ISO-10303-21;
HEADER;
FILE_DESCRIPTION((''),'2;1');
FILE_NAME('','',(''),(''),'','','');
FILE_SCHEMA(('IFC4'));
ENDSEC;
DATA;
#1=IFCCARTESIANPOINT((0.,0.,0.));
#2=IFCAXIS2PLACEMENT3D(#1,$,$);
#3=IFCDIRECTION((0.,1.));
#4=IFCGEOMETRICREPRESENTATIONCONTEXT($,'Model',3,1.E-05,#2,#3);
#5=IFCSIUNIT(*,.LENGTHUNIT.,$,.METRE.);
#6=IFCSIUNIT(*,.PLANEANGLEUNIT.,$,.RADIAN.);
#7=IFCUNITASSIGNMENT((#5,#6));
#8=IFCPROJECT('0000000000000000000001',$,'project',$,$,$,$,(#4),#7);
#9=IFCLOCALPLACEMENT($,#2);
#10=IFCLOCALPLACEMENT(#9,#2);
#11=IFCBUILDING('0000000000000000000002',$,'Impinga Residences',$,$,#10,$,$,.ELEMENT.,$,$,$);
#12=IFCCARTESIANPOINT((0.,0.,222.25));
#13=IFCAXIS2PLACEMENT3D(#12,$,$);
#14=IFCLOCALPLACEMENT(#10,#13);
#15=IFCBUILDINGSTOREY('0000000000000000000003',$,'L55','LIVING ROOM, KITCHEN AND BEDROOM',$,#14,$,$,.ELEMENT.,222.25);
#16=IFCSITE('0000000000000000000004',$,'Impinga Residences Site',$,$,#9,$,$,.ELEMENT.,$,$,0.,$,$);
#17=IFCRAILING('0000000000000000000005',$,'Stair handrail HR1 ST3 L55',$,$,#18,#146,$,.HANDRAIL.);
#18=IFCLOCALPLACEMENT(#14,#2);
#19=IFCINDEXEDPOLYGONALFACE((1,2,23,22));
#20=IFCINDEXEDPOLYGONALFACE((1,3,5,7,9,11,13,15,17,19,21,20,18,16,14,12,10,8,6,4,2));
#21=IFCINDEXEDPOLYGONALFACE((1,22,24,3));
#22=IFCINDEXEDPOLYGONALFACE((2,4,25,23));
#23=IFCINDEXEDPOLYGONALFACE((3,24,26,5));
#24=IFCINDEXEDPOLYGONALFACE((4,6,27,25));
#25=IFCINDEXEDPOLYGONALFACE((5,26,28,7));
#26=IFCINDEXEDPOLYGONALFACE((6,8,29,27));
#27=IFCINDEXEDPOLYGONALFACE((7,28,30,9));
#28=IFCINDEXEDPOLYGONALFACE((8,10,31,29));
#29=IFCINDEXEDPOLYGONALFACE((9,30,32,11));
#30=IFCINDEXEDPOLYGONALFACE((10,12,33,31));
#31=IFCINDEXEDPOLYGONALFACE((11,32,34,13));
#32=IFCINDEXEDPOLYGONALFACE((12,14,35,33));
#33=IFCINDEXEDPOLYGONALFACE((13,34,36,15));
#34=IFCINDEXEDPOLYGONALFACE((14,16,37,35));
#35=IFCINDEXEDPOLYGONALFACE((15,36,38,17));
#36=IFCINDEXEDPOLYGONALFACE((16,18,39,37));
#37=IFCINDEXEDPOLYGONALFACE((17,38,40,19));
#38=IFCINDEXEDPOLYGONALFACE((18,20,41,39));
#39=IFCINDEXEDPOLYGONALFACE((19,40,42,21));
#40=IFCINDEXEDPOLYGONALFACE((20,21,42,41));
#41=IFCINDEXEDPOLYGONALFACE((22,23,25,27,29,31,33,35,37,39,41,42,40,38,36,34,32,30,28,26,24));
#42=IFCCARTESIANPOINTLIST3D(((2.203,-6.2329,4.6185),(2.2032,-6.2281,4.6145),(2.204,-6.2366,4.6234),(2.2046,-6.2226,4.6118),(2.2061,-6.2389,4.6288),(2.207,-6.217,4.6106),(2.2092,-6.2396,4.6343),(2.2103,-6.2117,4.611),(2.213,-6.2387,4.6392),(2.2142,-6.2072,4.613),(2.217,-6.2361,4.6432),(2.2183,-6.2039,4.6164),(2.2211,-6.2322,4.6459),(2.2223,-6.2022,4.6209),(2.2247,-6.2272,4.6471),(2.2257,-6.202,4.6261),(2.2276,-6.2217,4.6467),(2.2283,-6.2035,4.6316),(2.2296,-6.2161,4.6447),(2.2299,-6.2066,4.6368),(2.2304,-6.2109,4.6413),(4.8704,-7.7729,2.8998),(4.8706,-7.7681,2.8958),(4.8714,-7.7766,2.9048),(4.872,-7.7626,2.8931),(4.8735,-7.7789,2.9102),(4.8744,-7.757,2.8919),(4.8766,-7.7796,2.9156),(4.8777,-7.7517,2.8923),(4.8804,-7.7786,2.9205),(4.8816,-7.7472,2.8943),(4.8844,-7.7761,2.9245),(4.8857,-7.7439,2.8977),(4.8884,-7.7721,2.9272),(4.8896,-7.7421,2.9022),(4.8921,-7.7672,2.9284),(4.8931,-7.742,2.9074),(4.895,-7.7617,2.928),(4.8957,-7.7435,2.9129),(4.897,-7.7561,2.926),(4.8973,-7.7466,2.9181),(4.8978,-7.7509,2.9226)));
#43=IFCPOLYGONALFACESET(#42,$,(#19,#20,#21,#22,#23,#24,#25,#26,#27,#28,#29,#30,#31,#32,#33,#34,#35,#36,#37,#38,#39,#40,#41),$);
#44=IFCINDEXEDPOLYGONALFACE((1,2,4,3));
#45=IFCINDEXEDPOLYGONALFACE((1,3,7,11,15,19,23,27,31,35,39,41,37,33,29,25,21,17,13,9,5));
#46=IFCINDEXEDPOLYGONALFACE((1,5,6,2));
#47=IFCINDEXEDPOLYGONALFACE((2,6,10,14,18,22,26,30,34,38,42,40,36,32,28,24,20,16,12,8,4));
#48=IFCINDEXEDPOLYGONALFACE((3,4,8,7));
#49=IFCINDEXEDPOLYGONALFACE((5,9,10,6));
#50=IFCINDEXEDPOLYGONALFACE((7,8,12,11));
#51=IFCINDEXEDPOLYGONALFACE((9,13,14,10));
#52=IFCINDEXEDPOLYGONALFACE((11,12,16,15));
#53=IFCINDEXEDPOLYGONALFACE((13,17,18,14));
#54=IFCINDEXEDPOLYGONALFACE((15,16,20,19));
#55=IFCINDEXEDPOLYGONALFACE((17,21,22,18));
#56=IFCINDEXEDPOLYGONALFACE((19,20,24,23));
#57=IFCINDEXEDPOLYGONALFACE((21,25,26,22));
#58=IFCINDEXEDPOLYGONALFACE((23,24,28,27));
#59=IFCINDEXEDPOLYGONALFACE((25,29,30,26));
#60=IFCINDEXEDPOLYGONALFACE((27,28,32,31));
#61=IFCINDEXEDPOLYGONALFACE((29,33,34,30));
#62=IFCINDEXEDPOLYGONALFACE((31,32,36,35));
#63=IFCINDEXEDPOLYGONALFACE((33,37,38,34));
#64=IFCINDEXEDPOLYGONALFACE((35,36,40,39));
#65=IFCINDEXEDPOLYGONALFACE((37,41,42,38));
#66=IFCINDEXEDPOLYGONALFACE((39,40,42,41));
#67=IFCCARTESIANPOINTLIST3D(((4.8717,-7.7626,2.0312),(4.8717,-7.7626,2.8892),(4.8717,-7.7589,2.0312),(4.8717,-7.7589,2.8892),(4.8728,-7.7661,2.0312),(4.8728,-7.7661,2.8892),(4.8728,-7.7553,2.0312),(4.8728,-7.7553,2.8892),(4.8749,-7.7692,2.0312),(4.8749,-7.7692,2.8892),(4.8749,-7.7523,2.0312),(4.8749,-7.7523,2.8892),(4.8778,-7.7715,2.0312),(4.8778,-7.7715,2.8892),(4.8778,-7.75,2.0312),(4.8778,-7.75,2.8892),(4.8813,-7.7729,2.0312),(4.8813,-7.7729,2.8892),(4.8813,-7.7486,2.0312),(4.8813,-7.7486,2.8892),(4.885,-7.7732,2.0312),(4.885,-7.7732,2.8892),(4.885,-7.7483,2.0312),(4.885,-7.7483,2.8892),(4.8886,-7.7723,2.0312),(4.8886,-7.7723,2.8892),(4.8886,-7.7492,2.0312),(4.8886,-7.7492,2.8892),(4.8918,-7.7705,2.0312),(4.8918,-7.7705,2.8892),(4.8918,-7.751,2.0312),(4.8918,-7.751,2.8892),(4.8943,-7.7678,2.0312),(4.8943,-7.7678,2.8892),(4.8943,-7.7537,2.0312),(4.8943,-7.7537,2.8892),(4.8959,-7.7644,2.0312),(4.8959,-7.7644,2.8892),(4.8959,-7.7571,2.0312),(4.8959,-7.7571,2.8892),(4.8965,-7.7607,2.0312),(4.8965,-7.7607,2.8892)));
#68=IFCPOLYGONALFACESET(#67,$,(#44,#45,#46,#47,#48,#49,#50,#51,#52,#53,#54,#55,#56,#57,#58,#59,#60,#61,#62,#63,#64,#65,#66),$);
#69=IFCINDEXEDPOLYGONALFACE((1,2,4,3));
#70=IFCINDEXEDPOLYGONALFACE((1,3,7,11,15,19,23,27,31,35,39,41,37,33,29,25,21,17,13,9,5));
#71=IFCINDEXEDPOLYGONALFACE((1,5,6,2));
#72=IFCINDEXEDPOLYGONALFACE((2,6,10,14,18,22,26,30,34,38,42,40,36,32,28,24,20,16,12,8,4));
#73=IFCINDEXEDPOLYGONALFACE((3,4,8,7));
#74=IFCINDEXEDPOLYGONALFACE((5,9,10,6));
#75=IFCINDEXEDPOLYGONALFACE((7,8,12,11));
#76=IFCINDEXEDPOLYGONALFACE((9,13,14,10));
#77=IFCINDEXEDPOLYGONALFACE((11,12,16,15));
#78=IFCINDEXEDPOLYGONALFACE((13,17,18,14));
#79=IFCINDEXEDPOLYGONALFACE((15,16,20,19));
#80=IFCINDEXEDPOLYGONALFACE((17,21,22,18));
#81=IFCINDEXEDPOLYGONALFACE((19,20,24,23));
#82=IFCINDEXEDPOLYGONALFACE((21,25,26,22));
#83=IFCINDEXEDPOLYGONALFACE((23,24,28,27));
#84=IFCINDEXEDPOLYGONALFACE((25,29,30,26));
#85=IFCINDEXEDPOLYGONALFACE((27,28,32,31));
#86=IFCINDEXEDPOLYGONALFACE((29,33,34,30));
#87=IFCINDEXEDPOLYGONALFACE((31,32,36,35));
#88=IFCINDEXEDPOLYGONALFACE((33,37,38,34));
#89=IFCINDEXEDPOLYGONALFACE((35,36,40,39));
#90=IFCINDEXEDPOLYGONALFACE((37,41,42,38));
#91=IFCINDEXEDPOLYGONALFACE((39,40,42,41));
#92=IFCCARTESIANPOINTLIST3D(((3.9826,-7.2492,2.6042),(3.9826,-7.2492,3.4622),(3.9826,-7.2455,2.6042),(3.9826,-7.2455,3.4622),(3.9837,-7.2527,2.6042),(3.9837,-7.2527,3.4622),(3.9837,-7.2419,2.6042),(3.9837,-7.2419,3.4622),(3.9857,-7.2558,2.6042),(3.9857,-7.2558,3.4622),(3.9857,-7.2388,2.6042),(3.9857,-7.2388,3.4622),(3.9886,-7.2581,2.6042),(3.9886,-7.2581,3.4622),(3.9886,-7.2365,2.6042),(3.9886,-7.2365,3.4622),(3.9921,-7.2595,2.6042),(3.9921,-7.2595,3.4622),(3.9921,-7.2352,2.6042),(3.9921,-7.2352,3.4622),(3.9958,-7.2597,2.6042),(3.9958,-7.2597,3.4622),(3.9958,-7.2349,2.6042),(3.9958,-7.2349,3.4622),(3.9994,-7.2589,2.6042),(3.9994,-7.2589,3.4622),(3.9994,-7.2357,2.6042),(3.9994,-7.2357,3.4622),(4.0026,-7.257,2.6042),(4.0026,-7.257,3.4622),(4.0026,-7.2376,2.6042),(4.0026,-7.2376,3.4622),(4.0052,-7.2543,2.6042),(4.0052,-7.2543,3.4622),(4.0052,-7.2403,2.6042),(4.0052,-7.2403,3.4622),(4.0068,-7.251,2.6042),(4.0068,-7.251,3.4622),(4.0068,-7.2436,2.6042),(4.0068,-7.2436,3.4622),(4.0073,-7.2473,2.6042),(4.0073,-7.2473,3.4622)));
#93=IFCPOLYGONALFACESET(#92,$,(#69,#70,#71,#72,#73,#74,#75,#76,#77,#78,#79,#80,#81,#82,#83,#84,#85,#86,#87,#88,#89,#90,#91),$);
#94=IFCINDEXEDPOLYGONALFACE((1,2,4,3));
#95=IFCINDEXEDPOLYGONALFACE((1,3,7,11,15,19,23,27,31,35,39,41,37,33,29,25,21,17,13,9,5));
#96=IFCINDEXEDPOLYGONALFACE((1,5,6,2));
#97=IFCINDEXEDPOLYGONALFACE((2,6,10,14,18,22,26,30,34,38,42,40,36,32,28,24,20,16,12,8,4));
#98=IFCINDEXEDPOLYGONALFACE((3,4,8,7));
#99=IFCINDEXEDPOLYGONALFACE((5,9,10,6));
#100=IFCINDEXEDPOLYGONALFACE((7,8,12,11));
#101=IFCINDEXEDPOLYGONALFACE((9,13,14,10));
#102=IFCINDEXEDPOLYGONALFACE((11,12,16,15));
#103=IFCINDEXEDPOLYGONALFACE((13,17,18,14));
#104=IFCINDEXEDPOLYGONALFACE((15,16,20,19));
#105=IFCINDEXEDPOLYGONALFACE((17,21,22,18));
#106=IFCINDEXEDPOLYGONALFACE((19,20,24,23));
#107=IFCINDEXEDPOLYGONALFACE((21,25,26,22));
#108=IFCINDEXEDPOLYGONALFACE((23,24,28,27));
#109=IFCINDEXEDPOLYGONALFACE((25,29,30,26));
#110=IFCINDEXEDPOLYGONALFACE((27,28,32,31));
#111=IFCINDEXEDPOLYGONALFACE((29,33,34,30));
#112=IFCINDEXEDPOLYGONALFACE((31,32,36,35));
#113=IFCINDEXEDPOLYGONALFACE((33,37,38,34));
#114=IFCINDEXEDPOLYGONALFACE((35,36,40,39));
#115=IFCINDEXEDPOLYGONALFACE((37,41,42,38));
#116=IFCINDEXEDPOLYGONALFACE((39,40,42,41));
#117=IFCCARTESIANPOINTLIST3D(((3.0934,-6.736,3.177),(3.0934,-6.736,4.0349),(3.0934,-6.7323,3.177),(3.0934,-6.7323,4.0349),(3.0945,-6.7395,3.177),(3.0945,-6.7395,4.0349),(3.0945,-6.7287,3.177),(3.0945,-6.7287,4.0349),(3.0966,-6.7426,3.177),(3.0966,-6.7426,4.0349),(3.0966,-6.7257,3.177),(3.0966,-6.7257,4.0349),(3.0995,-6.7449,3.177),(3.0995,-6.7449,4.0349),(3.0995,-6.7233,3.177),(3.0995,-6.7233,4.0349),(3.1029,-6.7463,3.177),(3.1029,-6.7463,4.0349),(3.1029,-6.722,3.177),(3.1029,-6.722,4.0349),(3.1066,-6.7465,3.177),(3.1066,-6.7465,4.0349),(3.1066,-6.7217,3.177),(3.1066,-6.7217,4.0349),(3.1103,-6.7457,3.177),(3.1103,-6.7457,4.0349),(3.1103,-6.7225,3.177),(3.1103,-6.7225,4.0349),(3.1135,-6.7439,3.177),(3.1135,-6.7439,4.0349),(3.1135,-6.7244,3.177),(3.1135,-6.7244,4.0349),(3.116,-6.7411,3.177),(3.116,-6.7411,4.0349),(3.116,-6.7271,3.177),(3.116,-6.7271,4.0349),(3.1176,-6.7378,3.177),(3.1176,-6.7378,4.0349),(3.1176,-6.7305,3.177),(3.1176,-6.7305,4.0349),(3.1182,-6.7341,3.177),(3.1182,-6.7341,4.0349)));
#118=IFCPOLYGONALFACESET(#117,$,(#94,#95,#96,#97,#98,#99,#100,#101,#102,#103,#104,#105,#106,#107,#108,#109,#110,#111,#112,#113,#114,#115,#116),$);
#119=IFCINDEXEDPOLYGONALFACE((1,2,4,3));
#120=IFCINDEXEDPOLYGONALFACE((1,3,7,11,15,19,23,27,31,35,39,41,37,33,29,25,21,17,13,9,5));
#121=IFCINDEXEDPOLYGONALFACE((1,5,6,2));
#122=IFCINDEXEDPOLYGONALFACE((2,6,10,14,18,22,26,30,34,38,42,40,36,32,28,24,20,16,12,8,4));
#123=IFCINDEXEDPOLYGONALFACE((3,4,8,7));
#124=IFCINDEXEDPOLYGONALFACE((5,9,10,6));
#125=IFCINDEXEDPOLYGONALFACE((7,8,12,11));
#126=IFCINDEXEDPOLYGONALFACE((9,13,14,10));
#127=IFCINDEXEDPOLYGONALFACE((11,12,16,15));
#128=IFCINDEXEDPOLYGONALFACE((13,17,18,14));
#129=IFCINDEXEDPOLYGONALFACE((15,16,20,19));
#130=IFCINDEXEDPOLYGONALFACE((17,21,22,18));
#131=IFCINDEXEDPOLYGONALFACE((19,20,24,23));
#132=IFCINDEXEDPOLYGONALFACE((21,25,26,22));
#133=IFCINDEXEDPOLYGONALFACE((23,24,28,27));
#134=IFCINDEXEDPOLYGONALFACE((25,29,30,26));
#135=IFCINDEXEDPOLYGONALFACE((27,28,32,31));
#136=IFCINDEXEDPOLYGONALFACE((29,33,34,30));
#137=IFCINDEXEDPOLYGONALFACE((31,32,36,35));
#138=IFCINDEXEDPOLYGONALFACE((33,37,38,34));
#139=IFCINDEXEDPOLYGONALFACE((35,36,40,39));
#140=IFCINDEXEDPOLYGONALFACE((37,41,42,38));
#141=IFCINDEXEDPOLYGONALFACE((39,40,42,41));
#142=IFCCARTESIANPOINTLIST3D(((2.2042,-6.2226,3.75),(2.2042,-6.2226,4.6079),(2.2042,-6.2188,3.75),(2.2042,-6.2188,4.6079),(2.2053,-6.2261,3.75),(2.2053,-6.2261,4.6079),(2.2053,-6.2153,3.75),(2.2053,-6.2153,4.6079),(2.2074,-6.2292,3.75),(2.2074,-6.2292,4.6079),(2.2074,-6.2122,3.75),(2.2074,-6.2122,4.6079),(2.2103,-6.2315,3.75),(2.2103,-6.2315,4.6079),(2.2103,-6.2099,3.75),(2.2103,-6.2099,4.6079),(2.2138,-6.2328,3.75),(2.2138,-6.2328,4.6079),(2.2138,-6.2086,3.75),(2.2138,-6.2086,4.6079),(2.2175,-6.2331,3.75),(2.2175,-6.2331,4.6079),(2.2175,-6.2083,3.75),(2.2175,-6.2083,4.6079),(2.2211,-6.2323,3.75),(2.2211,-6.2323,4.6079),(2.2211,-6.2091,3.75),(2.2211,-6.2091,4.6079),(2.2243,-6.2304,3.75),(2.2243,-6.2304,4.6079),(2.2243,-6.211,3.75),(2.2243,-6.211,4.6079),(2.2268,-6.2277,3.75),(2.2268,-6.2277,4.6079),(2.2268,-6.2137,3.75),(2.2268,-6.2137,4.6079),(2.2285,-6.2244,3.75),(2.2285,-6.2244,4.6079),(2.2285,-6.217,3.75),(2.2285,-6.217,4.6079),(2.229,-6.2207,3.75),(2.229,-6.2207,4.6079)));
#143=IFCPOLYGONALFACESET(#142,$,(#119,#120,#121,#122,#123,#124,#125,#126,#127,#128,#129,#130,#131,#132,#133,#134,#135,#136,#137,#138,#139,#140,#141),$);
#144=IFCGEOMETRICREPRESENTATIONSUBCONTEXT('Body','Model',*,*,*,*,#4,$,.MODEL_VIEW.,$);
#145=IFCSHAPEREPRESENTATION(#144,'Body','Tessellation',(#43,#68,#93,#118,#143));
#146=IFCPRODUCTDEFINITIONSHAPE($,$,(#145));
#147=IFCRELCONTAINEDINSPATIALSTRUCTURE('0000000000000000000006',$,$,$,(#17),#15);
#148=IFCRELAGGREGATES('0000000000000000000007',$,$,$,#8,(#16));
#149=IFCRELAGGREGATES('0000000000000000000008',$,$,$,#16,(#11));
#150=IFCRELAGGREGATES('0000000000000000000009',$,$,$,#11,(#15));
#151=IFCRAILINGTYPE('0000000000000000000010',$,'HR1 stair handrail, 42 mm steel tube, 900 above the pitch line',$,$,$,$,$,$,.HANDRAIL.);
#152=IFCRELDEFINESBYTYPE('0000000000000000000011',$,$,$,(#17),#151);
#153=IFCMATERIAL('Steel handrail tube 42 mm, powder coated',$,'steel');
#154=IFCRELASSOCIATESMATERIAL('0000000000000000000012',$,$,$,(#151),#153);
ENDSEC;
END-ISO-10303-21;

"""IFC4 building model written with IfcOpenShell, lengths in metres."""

from ifc_helpers import new_model, si_unit, direction, frame, origin, origin_2d, place, context, subcontext, project, spatial, circle, extrude, material, type_object, element, save


model = new_model("IFC4")

# Units and contexts
model_context = context("Model", 3, precision=1e-05, world=origin(), true_north=direction((0.0, 1.0)))
body_context = subcontext(model_context, "Body", "Model", "MODEL_VIEW")
ifc_project = project(units=[si_unit("LENGTHUNIT", "METRE"), si_unit("PLANEANGLEUNIT", "RADIAN")], contexts=[model_context])

# Site, building, storey
site_placement = place(None, origin())
site = spatial("IfcSite", under=ifc_project, at=site_placement, Name="Impinga Residences Site", CompositionType="ELEMENT", RefElevation=0.0)
building_placement = place(site_placement, origin())
building = spatial("IfcBuilding", under=site, at=building_placement, Name="Impinga Residences", CompositionType="ELEMENT")
storey_placement = place(building_placement, frame((0.0, 0.0, 222.25)))
storey = spatial("IfcBuildingStorey", under=building, at=storey_placement, Name="L55", Description="LIVING ROOM, KITCHEN AND BEDROOM", CompositionType="ELEMENT", Elevation=222.25)

# Railing
ifc_material_1 = material(Name="Steel handrail tube 42 mm, powder coated", Category="steel")
railing_type_1 = type_object("IfcRailingType", Name="HR1 stair handrail, 42 mm steel tube, 900 above the pitch line", PredefinedType="HANDRAIL", material=ifc_material_1)
railing_1_placement = place(storey_placement, frame((4.884, -7.7607, 2.0312)))
element("IfcRailing", 1, at=railing_1_placement, inside=storey, type_object=railing_type_1, Name="Stair handrail HR1 ST3 L55", PredefinedType="HANDRAIL", context=body_context, shape_type="SweptSolid", body=[
    extrude(circle(Radius=0.021, at=origin_2d()), frame((0.0, 0.0, 0.8789), z_axis=(-0.756256, 0.436616, 0.487282), x_axis=(-0.499992, -0.86603, 0.0)), (0.0, 0.0, 1.0), 3.5271),
    extrude(circle(Radius=0.0125, at=origin_2d()), origin(), (0.0, 0.0, 1.0), 0.8579),
    extrude(circle(Radius=0.0125, at=origin_2d()), frame((-0.8892, 0.5134, 0.573)), (0.0, 0.0, 1.0), 0.8579),
    extrude(circle(Radius=0.0125, at=origin_2d()), frame((-1.7783, 1.0266, 1.1458)), (0.0, 0.0, 1.0), 0.8579),
    extrude(circle(Radius=0.0125, at=origin_2d()), frame((-2.6675, 1.54, 1.7188)), (0.0, 0.0, 1.0), 0.8579),
])

save(model, "model.ifc")
